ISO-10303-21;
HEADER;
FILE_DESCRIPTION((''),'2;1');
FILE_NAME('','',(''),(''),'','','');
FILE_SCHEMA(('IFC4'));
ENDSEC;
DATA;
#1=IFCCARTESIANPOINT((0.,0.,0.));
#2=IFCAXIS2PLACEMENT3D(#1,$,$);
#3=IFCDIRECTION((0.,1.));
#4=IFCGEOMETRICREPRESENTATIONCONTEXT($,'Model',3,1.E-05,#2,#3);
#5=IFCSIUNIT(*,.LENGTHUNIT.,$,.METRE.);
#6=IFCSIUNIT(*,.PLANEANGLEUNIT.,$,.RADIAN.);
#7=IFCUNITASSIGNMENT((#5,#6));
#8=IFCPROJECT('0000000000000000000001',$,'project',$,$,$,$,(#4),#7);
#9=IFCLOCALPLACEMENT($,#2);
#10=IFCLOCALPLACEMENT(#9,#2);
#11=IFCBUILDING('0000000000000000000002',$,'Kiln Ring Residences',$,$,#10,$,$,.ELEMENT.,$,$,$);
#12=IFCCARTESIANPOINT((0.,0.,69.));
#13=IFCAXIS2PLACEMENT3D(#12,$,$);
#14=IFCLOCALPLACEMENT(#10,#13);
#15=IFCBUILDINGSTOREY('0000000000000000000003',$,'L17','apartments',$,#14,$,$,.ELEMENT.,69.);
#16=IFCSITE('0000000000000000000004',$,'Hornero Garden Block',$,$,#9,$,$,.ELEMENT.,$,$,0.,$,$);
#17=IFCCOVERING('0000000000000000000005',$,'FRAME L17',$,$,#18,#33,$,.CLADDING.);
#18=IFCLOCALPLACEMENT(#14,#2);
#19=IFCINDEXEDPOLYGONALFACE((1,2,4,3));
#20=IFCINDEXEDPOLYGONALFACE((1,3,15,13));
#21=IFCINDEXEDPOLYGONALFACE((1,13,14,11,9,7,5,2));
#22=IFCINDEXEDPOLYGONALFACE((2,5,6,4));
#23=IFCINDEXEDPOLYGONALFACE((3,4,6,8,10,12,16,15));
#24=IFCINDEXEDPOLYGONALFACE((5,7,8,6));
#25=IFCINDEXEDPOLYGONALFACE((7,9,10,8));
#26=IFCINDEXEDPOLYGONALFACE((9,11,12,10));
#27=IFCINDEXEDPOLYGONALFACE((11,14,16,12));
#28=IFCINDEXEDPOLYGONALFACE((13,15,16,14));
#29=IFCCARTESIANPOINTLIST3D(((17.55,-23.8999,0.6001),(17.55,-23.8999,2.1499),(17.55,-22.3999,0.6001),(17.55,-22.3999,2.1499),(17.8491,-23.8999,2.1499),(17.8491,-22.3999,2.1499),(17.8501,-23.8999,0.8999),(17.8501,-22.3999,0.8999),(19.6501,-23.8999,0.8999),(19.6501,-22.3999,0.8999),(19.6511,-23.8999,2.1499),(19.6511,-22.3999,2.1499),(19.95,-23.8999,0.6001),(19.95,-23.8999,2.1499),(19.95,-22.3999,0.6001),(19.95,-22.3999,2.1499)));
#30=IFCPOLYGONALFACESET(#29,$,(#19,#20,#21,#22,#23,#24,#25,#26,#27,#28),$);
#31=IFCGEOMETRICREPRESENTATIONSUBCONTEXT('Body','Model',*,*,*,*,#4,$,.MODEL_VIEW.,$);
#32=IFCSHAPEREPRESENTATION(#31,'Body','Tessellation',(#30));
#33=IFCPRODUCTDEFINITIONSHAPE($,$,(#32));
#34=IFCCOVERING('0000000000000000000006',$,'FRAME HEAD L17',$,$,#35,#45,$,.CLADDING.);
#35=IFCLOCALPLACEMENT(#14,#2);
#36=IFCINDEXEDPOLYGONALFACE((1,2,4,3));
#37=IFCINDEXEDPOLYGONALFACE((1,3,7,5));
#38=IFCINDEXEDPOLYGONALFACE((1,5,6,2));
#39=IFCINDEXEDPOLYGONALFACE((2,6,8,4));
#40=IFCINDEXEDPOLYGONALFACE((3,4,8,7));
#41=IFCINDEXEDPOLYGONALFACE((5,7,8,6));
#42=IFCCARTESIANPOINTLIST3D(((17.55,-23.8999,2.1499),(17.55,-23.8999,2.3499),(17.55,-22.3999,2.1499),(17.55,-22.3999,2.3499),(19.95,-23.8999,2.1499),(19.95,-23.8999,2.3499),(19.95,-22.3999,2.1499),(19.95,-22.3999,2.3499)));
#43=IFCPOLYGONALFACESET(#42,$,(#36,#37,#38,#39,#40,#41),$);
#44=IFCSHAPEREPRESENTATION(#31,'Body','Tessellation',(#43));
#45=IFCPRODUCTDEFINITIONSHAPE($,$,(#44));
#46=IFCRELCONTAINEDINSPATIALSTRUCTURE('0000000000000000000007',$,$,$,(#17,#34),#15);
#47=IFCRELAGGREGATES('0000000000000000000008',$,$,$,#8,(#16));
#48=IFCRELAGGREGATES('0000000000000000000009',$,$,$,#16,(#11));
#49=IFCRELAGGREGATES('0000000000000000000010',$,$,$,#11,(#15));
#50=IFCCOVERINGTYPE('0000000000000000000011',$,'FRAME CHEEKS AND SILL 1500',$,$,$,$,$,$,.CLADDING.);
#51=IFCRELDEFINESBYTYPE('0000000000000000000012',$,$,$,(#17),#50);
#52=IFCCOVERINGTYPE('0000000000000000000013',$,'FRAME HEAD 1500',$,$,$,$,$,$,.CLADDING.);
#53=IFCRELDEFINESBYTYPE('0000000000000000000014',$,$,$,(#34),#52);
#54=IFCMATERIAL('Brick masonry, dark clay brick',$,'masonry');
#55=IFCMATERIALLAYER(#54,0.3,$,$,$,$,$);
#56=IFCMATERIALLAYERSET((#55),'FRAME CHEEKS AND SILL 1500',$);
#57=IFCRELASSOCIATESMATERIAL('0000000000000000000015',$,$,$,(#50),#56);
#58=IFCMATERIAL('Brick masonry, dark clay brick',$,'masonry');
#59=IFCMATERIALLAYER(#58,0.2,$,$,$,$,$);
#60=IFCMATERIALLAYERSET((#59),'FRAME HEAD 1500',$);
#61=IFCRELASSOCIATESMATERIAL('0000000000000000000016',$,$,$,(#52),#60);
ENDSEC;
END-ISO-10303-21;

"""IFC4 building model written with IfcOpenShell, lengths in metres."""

from ifc_helpers import new_model, si_unit, direction, frame, origin, origin_2d, place, context, subcontext, project, spatial, polyline, rectangle, outline, extrude, material, layer, layer_set, type_object, element, save


model = new_model("IFC4")

# Units and contexts
model_context = context("Model", 3, precision=1e-05, world=origin(), true_north=direction((0.0, 1.0)))
body_context = subcontext(model_context, "Body", "Model", "MODEL_VIEW")
ifc_project = project(units=[si_unit("LENGTHUNIT", "METRE"), si_unit("PLANEANGLEUNIT", "RADIAN")], contexts=[model_context])

# Site, building, storey
site_placement = place(None, origin())
site = spatial("IfcSite", under=ifc_project, at=site_placement, Name="Hornero Garden Block", CompositionType="ELEMENT", RefElevation=0.0)
building_placement = place(site_placement, origin())
building = spatial("IfcBuilding", under=site, at=building_placement, Name="Kiln Ring Residences", CompositionType="ELEMENT")
storey_placement = place(building_placement, frame((0.0, 0.0, 69.0)))
storey = spatial("IfcBuildingStorey", under=building, at=storey_placement, Name="L17", Description="apartments", CompositionType="ELEMENT", Elevation=69.0)

# Coverings
ifc_material_1 = material(Name="Brick masonry, dark clay brick", Category="masonry")
ifc_layer_1 = layer(ifc_material_1, 0.3)
ifc_layer_set_1 = layer_set([ifc_layer_1], Name="FRAME CHEEKS AND SILL 1500")
covering_type_1 = type_object("IfcCoveringType", Name="FRAME CHEEKS AND SILL 1500", PredefinedType="CLADDING", material=ifc_layer_set_1)
covering_1_placement = place(storey_placement, frame((17.55, -23.1499, 0.6001), z_axis=(0.0, 0.0, 1.0), x_axis=(1.0, 0.0, 0.0)))
element("IfcCovering", 1, at=covering_1_placement, inside=storey, type_object=covering_type_1, Name="FRAME L17", PredefinedType="CLADDING", context=body_context, shape_type="SweptSolid", body=[
    extrude(outline(polyline([(0.0, 0.0), (2.3999, 0.0), (2.3999, 1.5498), (2.1011, 1.5498), (2.1001, 0.2998), (0.3, 0.2998), (0.2991, 1.5498), (0.0, 1.5498), (0.0, 0.0)])), frame((0.0, 0.75, 0.0), z_axis=(0.0, -1.0, 0.0), x_axis=(1.0, 0.0, 0.0)), (0.0, 0.0, 1.0), 1.5),
])
ifc_material_2 = material(Name="Brick masonry, dark clay brick", Category="masonry")
ifc_layer_2 = layer(ifc_material_2, 0.2)
ifc_layer_set_2 = layer_set([ifc_layer_2], Name="FRAME HEAD 1500")
covering_type_2 = type_object("IfcCoveringType", Name="FRAME HEAD 1500", PredefinedType="CLADDING", material=ifc_layer_set_2)
covering_2_placement = place(storey_placement, frame((18.75, -23.1499, 2.1499), z_axis=(0.0, 0.0, 1.0), x_axis=(1.0, 0.0, 0.0)))
element("IfcCovering", 2, at=covering_2_placement, inside=storey, type_object=covering_type_2, Name="FRAME HEAD L17", PredefinedType="CLADDING", context=body_context, shape_type="SweptSolid", body=[
    extrude(rectangle(XDim=2.3999, YDim=1.5, at=origin_2d()), origin(), (0.0, 0.0, 1.0), 0.2),
])

save(model, "model.ifc")
